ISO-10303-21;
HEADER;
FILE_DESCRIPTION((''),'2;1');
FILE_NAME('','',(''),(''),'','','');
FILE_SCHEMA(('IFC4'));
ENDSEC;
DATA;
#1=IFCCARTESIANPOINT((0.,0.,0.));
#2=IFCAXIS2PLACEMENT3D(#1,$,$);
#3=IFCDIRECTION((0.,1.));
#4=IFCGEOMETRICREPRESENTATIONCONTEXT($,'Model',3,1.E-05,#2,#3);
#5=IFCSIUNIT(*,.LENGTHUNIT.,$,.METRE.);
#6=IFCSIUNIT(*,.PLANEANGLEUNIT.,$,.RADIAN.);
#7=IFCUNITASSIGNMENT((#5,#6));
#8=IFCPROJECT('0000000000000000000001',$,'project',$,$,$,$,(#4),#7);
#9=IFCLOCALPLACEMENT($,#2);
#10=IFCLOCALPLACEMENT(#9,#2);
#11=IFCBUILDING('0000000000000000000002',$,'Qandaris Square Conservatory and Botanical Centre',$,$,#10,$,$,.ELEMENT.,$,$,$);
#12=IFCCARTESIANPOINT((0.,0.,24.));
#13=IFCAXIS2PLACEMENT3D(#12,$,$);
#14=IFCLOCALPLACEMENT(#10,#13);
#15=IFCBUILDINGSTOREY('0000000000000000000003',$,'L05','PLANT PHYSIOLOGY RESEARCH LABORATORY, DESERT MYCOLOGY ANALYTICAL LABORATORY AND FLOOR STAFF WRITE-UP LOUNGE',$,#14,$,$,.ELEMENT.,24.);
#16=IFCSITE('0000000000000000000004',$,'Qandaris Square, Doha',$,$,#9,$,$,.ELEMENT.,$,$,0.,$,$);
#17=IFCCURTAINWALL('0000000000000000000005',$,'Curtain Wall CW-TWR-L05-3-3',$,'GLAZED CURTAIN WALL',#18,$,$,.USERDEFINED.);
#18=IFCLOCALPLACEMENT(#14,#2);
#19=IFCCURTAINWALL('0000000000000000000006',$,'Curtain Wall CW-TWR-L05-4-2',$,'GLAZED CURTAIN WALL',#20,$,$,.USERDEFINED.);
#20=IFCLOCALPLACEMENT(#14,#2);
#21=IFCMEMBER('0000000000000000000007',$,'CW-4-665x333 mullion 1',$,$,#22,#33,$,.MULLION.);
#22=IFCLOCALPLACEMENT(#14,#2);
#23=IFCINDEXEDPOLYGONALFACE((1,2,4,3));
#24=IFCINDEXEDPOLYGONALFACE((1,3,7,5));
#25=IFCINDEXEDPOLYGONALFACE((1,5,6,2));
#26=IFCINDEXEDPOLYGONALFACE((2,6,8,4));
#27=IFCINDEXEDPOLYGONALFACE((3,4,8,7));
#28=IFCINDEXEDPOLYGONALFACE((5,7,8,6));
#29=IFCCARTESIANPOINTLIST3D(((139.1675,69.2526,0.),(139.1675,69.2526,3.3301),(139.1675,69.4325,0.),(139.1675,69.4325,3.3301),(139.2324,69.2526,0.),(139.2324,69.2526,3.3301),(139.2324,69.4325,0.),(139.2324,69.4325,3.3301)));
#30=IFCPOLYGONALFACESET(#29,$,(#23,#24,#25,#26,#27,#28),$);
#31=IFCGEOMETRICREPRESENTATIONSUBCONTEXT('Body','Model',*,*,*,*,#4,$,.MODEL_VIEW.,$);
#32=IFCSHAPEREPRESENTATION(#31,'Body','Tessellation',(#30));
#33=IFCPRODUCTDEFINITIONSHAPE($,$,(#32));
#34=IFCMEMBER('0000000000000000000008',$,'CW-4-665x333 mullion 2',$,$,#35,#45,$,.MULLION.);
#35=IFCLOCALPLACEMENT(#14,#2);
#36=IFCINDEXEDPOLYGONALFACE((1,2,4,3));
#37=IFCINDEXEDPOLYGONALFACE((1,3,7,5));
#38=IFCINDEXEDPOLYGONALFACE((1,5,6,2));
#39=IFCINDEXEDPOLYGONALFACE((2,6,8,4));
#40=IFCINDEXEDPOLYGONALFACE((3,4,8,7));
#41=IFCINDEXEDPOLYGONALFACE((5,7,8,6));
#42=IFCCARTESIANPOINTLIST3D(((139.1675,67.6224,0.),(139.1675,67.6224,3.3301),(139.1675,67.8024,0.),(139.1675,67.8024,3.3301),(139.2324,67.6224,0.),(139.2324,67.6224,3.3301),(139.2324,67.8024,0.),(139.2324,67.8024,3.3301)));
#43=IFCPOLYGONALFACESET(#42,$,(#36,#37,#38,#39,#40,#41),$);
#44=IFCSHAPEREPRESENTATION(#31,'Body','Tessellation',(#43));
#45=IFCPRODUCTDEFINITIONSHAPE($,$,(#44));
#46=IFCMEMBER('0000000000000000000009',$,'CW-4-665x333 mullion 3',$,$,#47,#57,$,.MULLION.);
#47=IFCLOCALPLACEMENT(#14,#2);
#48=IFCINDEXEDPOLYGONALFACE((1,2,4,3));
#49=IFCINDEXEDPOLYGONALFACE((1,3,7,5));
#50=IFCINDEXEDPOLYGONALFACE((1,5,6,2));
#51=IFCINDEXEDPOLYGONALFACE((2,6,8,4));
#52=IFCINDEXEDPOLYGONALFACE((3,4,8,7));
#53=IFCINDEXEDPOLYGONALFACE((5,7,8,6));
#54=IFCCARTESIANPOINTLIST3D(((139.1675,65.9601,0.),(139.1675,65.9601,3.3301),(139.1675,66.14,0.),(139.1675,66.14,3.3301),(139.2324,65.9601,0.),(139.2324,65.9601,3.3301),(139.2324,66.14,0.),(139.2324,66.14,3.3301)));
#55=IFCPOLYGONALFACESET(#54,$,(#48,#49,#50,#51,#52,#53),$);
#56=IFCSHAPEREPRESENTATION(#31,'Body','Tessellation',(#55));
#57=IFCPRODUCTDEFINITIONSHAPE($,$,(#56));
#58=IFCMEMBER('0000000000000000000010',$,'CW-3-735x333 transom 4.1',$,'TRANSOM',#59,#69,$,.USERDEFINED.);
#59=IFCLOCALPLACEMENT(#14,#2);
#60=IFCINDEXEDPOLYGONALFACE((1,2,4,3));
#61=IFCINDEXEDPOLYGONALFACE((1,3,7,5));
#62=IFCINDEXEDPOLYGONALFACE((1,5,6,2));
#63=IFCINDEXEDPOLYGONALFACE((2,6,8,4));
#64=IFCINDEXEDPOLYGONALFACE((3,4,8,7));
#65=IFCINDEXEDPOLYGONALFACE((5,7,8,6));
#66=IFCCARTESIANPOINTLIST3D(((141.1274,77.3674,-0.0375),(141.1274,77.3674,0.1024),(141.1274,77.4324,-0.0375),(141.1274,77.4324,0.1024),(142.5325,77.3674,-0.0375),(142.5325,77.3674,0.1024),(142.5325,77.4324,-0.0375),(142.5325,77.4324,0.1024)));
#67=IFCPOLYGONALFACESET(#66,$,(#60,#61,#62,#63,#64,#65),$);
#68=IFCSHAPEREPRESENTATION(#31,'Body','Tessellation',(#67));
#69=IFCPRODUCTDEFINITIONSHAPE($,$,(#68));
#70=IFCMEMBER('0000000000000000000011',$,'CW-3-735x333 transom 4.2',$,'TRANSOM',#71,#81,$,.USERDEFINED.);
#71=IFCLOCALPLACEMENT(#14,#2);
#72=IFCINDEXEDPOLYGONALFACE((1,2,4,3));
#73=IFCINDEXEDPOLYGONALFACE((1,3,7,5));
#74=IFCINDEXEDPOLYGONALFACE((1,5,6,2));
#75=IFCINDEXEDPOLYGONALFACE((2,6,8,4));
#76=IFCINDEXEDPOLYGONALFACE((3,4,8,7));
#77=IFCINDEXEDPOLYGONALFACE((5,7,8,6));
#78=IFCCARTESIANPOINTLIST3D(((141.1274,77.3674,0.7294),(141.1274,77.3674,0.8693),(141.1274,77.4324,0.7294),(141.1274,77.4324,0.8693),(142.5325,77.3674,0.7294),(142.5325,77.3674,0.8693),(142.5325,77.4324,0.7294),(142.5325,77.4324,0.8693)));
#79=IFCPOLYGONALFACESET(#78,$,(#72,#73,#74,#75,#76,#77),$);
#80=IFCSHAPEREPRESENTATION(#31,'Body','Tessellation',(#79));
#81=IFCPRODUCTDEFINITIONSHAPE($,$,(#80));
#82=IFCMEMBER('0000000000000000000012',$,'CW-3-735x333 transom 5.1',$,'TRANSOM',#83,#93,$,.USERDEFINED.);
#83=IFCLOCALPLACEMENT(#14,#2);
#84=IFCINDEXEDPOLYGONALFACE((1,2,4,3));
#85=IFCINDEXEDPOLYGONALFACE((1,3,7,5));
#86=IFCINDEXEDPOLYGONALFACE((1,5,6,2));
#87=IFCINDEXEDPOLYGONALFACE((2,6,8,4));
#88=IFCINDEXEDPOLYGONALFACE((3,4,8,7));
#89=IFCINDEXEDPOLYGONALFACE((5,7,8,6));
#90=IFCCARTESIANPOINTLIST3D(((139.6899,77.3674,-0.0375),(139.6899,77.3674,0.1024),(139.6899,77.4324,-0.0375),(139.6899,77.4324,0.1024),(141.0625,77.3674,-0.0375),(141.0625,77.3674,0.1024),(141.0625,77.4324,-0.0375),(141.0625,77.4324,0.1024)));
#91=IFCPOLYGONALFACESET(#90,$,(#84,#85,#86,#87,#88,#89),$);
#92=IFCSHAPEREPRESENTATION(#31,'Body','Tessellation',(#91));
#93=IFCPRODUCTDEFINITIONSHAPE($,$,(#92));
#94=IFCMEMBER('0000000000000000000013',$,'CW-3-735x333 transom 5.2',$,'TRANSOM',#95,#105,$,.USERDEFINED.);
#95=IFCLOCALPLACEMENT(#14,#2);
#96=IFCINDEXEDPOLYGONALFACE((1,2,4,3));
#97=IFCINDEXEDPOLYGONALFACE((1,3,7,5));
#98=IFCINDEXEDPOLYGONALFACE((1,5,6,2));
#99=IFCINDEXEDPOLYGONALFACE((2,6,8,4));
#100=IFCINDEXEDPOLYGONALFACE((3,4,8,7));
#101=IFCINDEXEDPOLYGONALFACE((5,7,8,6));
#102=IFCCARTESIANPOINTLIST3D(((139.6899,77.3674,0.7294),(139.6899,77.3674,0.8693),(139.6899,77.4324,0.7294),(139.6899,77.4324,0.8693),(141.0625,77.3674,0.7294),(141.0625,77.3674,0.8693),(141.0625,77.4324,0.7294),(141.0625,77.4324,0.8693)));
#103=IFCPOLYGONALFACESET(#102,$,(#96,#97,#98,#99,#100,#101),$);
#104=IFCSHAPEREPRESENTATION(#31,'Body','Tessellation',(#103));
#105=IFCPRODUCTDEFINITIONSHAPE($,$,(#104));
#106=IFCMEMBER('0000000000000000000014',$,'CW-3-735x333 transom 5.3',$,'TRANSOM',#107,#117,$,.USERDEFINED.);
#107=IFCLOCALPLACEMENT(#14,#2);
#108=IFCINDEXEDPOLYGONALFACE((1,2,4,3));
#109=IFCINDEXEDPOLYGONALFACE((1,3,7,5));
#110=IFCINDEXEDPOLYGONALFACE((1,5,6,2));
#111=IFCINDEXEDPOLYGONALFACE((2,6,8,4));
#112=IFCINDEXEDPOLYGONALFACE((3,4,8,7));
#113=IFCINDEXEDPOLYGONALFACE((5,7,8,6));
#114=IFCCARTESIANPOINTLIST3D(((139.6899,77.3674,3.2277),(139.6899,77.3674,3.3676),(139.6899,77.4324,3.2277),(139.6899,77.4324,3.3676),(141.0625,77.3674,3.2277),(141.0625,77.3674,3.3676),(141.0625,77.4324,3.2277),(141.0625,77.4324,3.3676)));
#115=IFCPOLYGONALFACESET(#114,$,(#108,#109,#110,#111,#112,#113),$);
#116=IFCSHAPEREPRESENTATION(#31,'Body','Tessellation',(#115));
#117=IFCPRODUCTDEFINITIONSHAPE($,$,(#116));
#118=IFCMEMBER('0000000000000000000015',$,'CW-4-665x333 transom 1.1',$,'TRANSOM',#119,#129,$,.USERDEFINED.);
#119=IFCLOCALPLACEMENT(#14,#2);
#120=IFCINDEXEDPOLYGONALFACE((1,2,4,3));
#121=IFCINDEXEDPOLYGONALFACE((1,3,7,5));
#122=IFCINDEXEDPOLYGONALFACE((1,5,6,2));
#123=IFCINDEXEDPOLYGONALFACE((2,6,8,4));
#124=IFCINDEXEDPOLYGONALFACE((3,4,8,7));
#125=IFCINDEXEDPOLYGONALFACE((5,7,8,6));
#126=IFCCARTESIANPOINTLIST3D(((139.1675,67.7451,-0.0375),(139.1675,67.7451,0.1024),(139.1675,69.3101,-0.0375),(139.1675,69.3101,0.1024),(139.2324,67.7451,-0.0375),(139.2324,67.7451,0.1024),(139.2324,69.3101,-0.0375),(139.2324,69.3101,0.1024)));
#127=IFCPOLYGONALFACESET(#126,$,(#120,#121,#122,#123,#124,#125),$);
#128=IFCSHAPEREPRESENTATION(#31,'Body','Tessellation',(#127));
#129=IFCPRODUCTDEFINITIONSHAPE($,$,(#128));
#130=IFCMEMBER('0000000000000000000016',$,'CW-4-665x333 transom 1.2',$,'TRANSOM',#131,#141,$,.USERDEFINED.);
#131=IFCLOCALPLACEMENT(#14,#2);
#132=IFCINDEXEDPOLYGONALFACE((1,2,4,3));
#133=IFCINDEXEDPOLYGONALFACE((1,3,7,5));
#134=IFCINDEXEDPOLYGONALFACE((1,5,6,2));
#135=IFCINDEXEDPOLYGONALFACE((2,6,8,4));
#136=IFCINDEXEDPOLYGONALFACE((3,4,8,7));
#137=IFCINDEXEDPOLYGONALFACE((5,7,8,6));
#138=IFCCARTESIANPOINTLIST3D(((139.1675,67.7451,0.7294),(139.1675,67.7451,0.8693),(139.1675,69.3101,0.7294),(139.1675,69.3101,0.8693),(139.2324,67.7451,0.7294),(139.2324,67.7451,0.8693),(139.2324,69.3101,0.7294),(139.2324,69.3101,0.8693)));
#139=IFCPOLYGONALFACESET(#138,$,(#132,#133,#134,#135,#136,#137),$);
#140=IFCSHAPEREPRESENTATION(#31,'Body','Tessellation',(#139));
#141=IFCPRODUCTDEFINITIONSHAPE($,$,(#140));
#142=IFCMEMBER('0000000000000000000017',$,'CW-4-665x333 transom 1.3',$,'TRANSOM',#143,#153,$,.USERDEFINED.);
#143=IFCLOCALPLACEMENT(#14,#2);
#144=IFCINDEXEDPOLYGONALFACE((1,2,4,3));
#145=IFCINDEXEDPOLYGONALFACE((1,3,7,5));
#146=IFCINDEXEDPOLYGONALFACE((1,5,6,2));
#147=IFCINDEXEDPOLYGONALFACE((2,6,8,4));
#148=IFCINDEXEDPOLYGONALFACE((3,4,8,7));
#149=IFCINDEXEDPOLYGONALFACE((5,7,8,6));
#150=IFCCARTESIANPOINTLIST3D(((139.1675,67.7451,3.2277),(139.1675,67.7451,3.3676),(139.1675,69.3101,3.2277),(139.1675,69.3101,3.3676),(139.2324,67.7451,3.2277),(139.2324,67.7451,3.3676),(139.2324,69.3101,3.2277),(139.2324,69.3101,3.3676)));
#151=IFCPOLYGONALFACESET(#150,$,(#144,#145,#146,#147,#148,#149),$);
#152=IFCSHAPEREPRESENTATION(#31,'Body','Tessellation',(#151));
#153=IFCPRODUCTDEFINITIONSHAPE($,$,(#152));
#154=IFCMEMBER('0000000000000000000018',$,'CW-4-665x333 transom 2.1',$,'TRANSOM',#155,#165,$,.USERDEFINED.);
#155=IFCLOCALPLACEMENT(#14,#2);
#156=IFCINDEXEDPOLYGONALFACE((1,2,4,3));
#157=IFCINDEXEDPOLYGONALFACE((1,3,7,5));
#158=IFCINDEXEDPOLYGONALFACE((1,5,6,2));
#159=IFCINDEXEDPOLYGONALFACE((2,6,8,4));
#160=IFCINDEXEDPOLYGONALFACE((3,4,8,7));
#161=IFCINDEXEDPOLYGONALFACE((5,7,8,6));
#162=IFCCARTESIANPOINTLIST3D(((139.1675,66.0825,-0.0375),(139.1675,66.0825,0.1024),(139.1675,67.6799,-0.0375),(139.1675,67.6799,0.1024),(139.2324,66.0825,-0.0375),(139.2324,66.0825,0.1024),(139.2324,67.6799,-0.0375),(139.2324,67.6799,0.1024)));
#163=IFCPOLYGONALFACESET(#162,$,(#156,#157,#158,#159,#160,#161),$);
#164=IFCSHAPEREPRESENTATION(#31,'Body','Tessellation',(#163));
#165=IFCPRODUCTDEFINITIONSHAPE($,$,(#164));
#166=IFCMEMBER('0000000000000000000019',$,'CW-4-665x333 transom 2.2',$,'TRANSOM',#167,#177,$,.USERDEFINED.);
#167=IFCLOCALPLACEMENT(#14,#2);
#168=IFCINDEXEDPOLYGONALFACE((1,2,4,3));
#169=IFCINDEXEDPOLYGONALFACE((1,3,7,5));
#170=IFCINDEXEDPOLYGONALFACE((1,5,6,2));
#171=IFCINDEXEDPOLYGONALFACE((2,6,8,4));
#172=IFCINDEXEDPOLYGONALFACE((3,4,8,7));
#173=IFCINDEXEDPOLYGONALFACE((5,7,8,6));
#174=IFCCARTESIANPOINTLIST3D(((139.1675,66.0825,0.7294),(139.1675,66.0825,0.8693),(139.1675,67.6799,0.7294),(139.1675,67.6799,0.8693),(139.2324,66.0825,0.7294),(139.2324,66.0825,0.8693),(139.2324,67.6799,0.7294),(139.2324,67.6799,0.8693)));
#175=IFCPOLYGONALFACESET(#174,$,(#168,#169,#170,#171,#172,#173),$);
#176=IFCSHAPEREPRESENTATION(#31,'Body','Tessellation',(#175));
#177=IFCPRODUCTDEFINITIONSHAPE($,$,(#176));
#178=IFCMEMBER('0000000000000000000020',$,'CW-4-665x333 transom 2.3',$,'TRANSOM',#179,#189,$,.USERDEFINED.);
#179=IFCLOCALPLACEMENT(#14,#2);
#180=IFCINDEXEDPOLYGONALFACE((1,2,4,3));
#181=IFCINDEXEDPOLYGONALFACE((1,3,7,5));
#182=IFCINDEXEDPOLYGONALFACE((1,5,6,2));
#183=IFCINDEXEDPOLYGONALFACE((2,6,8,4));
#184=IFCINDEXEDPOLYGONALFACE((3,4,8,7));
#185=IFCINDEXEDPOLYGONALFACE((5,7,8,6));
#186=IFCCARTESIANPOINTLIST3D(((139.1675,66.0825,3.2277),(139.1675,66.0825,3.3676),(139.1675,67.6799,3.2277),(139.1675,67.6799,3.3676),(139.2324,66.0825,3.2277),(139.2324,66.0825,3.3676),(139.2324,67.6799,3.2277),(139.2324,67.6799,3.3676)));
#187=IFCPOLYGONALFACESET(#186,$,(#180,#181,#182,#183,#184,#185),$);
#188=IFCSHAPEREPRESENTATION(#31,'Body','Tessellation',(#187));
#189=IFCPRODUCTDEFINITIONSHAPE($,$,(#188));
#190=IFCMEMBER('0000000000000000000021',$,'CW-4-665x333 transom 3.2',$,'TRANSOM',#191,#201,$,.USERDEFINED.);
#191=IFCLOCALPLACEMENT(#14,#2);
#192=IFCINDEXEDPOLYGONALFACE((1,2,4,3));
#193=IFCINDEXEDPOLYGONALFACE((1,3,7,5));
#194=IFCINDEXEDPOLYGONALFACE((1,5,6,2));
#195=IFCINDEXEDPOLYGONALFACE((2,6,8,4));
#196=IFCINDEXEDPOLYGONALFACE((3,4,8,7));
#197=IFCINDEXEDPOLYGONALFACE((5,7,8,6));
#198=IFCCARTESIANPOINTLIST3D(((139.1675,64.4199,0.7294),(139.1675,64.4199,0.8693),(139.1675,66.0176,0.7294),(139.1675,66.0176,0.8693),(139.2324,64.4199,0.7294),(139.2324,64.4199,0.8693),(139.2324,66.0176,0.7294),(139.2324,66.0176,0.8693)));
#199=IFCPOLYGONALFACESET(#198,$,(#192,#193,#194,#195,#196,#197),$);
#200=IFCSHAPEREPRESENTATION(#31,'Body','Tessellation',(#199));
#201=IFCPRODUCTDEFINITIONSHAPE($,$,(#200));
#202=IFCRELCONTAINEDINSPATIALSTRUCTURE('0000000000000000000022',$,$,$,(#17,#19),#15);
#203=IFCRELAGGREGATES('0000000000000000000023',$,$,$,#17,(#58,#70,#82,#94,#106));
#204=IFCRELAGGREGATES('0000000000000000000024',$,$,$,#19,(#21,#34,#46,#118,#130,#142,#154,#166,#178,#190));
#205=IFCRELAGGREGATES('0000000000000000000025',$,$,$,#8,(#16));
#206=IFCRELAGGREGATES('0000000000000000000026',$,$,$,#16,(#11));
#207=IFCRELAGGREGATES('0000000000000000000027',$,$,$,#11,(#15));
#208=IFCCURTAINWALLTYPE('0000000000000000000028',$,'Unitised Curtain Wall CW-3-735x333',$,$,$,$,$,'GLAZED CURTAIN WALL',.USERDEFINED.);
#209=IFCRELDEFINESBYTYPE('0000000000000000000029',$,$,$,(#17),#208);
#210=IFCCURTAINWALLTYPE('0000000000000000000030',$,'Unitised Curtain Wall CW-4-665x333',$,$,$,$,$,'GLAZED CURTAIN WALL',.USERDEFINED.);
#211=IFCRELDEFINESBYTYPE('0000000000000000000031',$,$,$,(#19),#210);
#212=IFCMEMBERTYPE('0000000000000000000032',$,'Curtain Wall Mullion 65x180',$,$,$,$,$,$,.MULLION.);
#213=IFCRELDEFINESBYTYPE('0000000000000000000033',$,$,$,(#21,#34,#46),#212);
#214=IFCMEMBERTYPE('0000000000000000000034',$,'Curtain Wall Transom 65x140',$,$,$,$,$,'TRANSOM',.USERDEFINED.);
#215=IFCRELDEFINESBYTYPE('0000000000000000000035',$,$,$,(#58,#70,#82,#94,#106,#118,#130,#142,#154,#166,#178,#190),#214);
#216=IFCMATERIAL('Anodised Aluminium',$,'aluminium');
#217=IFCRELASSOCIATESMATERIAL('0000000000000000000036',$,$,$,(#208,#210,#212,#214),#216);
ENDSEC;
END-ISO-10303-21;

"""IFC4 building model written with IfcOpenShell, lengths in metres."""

from ifc_helpers import new_model, si_unit, direction, frame, origin, origin_2d, place, context, subcontext, project, spatial, rectangle, extrude, material, material_profile, profile_set, type_object, element, aggregate, save


model = new_model("IFC4")

# Units and contexts
model_context = context("Model", 3, precision=1e-05, world=origin(), true_north=direction((0.0, 1.0)))
body_context = subcontext(model_context, "Body", "Model", "MODEL_VIEW")
ifc_project = project(units=[si_unit("LENGTHUNIT", "METRE"), si_unit("PLANEANGLEUNIT", "RADIAN")], contexts=[model_context])

# Site, building, storey
site_placement = place(None, origin())
site = spatial("IfcSite", under=ifc_project, at=site_placement, Name="Qandaris Square, Doha", CompositionType="ELEMENT", RefElevation=0.0)
building_placement = place(site_placement, origin())
building = spatial("IfcBuilding", under=site, at=building_placement, Name="Qandaris Square Conservatory and Botanical Centre", CompositionType="ELEMENT")
storey_placement = place(building_placement, frame((0.0, 0.0, 24.0)))
storey = spatial("IfcBuildingStorey", under=building, at=storey_placement, Name="L05", Description="PLANT PHYSIOLOGY RESEARCH LABORATORY, DESERT MYCOLOGY ANALYTICAL LABORATORY AND FLOOR STAFF WRITE-UP LOUNGE", CompositionType="ELEMENT", Elevation=24.0)

# Curtain walls, members
ifc_material_1 = material(Name="Anodised Aluminium", Category="aluminium")
curtain_wall_type_1 = type_object("IfcCurtainWallType", Name="Unitised Curtain Wall CW-3-735x333", ElementType="GLAZED CURTAIN WALL", PredefinedType="USERDEFINED", material=ifc_material_1)
curtain_wall_1_placement = place(storey_placement, origin())
curtain_wall_1 = element("IfcCurtainWall", 1, at=curtain_wall_1_placement, inside=storey, type_object=curtain_wall_type_1, Name="Curtain Wall CW-TWR-L05-3-3", ObjectType="GLAZED CURTAIN WALL", PredefinedType="USERDEFINED")
ifc_material_profile_1 = material_profile(ifc_material_1, rectangle(XDim=0.0649, YDim=0.1799, at=origin_2d()), Name="ALU-MUL 65x180")
ifc_profile_set_1 = profile_set([ifc_material_profile_1], Name="Anodised Aluminium")
member_type_1 = type_object("IfcMemberType", Name="Curtain Wall Mullion 65x180", PredefinedType="MULLION", material=ifc_profile_set_1)
curtain_wall_type_2 = type_object("IfcCurtainWallType", Name="Unitised Curtain Wall CW-4-665x333", ElementType="GLAZED CURTAIN WALL", PredefinedType="USERDEFINED", material=ifc_material_1)
curtain_wall_2_placement = place(storey_placement, origin())
curtain_wall_2 = element("IfcCurtainWall", 2, at=curtain_wall_2_placement, inside=storey, type_object=curtain_wall_type_2, Name="Curtain Wall CW-TWR-L05-4-2", ObjectType="GLAZED CURTAIN WALL", PredefinedType="USERDEFINED")
member_1_placement = place(storey_placement, frame((139.2, 69.3425, 0.0), z_axis=(0.0, 0.0, 1.0), x_axis=(1.0, 0.0, 0.0)))
member_1 = element("IfcMember", 3, at=member_1_placement, type_object=member_type_1, Name="CW-4-665x333 mullion 1", PredefinedType="MULLION", context=body_context, shape_type="SweptSolid", body=[
    extrude(rectangle(XDim=0.0649, YDim=0.1799, at=origin_2d()), origin(), (0.0, 0.0, 1.0), 3.3301),
])
member_2_placement = place(storey_placement, frame((139.2, 67.7124, 0.0), z_axis=(0.0, 0.0, 1.0), x_axis=(1.0, 0.0, 0.0)))
member_2 = element("IfcMember", 4, at=member_2_placement, type_object=member_type_1, Name="CW-4-665x333 mullion 2", PredefinedType="MULLION", context=body_context, shape_type="SweptSolid", body=[
    extrude(rectangle(XDim=0.0649, YDim=0.1799, at=origin_2d()), origin(), (0.0, 0.0, 1.0), 3.3301),
])
member_3_placement = place(storey_placement, frame((139.2, 66.05, 0.0), z_axis=(0.0, 0.0, 1.0), x_axis=(1.0, 0.0, 0.0)))
member_3 = element("IfcMember", 5, at=member_3_placement, type_object=member_type_1, Name="CW-4-665x333 mullion 3", PredefinedType="MULLION", context=body_context, shape_type="SweptSolid", body=[
    extrude(rectangle(XDim=0.0649, YDim=0.1799, at=origin_2d()), origin(), (0.0, 0.0, 1.0), 3.3301),
])

# Members
ifc_material_profile_2 = material_profile(ifc_material_1, rectangle(XDim=0.0649, YDim=0.1399, at=origin_2d()), Name="ALU-TRN 65x140")
ifc_profile_set_2 = profile_set([ifc_material_profile_2], Name="Anodised Aluminium")
member_type_2 = type_object("IfcMemberType", Name="Curtain Wall Transom 65x140", ElementType="TRANSOM", PredefinedType="USERDEFINED", material=ifc_profile_set_2)
member_4_placement = place(storey_placement, frame((142.5325, 77.3999, 0.0325), z_axis=(-1.0, 0.0, 0.0), x_axis=(0.0, -1.0, 0.0)))
member_4 = element("IfcMember", 6, at=member_4_placement, type_object=member_type_2, Name="CW-3-735x333 transom 4.1", ObjectType="TRANSOM", PredefinedType="USERDEFINED", context=body_context, shape_type="SweptSolid", body=[
    extrude(rectangle(XDim=0.0649, YDim=0.1399, at=origin_2d()), origin(), (0.0, 0.0, 1.0), 1.405),
])
member_5_placement = place(storey_placement, frame((142.5325, 77.3999, 0.7993), z_axis=(-1.0, 0.0, 0.0), x_axis=(0.0, -1.0, 0.0)))
member_5 = element("IfcMember", 7, at=member_5_placement, type_object=member_type_2, Name="CW-3-735x333 transom 4.2", ObjectType="TRANSOM", PredefinedType="USERDEFINED", context=body_context, shape_type="SweptSolid", body=[
    extrude(rectangle(XDim=0.0649, YDim=0.1399, at=origin_2d()), origin(), (0.0, 0.0, 1.0), 1.405),
])
member_6_placement = place(storey_placement, frame((141.0625, 77.3999, 0.0325), z_axis=(-1.0, 0.0, 0.0), x_axis=(0.0, -1.0, 0.0)))
member_6 = element("IfcMember", 8, at=member_6_placement, type_object=member_type_2, Name="CW-3-735x333 transom 5.1", ObjectType="TRANSOM", PredefinedType="USERDEFINED", context=body_context, shape_type="SweptSolid", body=[
    extrude(rectangle(XDim=0.0649, YDim=0.1399, at=origin_2d()), origin(), (0.0, 0.0, 1.0), 1.3726),
])
member_7_placement = place(storey_placement, frame((141.0625, 77.3999, 0.7993), z_axis=(-1.0, 0.0, 0.0), x_axis=(0.0, -1.0, 0.0)))
member_7 = element("IfcMember", 9, at=member_7_placement, type_object=member_type_2, Name="CW-3-735x333 transom 5.2", ObjectType="TRANSOM", PredefinedType="USERDEFINED", context=body_context, shape_type="SweptSolid", body=[
    extrude(rectangle(XDim=0.0649, YDim=0.1399, at=origin_2d()), origin(), (0.0, 0.0, 1.0), 1.3726),
])
member_8_placement = place(storey_placement, frame((141.0625, 77.3999, 3.2976), z_axis=(-1.0, 0.0, 0.0), x_axis=(0.0, -1.0, 0.0)))
member_8 = element("IfcMember", 10, at=member_8_placement, type_object=member_type_2, Name="CW-3-735x333 transom 5.3", ObjectType="TRANSOM", PredefinedType="USERDEFINED", context=body_context, shape_type="SweptSolid", body=[
    extrude(rectangle(XDim=0.0649, YDim=0.1399, at=origin_2d()), origin(), (0.0, 0.0, 1.0), 1.3726),
])
member_9_placement = place(storey_placement, frame((139.2, 69.3101, 0.0325), z_axis=(0.0, -1.0, 0.0), x_axis=(1.0, 0.0, 0.0)))
member_9 = element("IfcMember", 11, at=member_9_placement, type_object=member_type_2, Name="CW-4-665x333 transom 1.1", ObjectType="TRANSOM", PredefinedType="USERDEFINED", context=body_context, shape_type="SweptSolid", body=[
    extrude(rectangle(XDim=0.0649, YDim=0.1399, at=origin_2d()), origin(), (0.0, 0.0, 1.0), 1.5649),
])
member_10_placement = place(storey_placement, frame((139.2, 69.3101, 0.7993), z_axis=(0.0, -1.0, 0.0), x_axis=(1.0, 0.0, 0.0)))
member_10 = element("IfcMember", 12, at=member_10_placement, type_object=member_type_2, Name="CW-4-665x333 transom 1.2", ObjectType="TRANSOM", PredefinedType="USERDEFINED", context=body_context, shape_type="SweptSolid", body=[
    extrude(rectangle(XDim=0.0649, YDim=0.1399, at=origin_2d()), origin(), (0.0, 0.0, 1.0), 1.5649),
])
member_11_placement = place(storey_placement, frame((139.2, 69.3101, 3.2976), z_axis=(0.0, -1.0, 0.0), x_axis=(1.0, 0.0, 0.0)))
member_11 = element("IfcMember", 13, at=member_11_placement, type_object=member_type_2, Name="CW-4-665x333 transom 1.3", ObjectType="TRANSOM", PredefinedType="USERDEFINED", context=body_context, shape_type="SweptSolid", body=[
    extrude(rectangle(XDim=0.0649, YDim=0.1399, at=origin_2d()), origin(), (0.0, 0.0, 1.0), 1.5649),
])
member_12_placement = place(storey_placement, frame((139.2, 67.6799, 0.0325), z_axis=(0.0, -1.0, 0.0), x_axis=(1.0, 0.0, 0.0)))
member_12 = element("IfcMember", 14, at=member_12_placement, type_object=member_type_2, Name="CW-4-665x333 transom 2.1", ObjectType="TRANSOM", PredefinedType="USERDEFINED", context=body_context, shape_type="SweptSolid", body=[
    extrude(rectangle(XDim=0.0649, YDim=0.1399, at=origin_2d()), origin(), (0.0, 0.0, 1.0), 1.5974),
])
member_13_placement = place(storey_placement, frame((139.2, 67.6799, 0.7993), z_axis=(0.0, -1.0, 0.0), x_axis=(1.0, 0.0, 0.0)))
member_13 = element("IfcMember", 15, at=member_13_placement, type_object=member_type_2, Name="CW-4-665x333 transom 2.2", ObjectType="TRANSOM", PredefinedType="USERDEFINED", context=body_context, shape_type="SweptSolid", body=[
    extrude(rectangle(XDim=0.0649, YDim=0.1399, at=origin_2d()), origin(), (0.0, 0.0, 1.0), 1.5974),
])
member_14_placement = place(storey_placement, frame((139.2, 67.6799, 3.2976), z_axis=(0.0, -1.0, 0.0), x_axis=(1.0, 0.0, 0.0)))
member_14 = element("IfcMember", 16, at=member_14_placement, type_object=member_type_2, Name="CW-4-665x333 transom 2.3", ObjectType="TRANSOM", PredefinedType="USERDEFINED", context=body_context, shape_type="SweptSolid", body=[
    extrude(rectangle(XDim=0.0649, YDim=0.1399, at=origin_2d()), origin(), (0.0, 0.0, 1.0), 1.5974),
])
member_15_placement = place(storey_placement, frame((139.2, 66.0176, 0.7993), z_axis=(0.0, -1.0, 0.0), x_axis=(1.0, 0.0, 0.0)))
member_15 = element("IfcMember", 17, at=member_15_placement, type_object=member_type_2, Name="CW-4-665x333 transom 3.2", ObjectType="TRANSOM", PredefinedType="USERDEFINED", context=body_context, shape_type="SweptSolid", body=[
    extrude(rectangle(XDim=0.0649, YDim=0.1399, at=origin_2d()), origin(), (0.0, 0.0, 1.0), 1.5977),
])

aggregate(curtain_wall_1, [member_4, member_5, member_6, member_7, member_8])
aggregate(curtain_wall_2, [member_1, member_2, member_3, member_9, member_10, member_11, member_12, member_13, member_14, member_15])

save(model, "model.ifc")
